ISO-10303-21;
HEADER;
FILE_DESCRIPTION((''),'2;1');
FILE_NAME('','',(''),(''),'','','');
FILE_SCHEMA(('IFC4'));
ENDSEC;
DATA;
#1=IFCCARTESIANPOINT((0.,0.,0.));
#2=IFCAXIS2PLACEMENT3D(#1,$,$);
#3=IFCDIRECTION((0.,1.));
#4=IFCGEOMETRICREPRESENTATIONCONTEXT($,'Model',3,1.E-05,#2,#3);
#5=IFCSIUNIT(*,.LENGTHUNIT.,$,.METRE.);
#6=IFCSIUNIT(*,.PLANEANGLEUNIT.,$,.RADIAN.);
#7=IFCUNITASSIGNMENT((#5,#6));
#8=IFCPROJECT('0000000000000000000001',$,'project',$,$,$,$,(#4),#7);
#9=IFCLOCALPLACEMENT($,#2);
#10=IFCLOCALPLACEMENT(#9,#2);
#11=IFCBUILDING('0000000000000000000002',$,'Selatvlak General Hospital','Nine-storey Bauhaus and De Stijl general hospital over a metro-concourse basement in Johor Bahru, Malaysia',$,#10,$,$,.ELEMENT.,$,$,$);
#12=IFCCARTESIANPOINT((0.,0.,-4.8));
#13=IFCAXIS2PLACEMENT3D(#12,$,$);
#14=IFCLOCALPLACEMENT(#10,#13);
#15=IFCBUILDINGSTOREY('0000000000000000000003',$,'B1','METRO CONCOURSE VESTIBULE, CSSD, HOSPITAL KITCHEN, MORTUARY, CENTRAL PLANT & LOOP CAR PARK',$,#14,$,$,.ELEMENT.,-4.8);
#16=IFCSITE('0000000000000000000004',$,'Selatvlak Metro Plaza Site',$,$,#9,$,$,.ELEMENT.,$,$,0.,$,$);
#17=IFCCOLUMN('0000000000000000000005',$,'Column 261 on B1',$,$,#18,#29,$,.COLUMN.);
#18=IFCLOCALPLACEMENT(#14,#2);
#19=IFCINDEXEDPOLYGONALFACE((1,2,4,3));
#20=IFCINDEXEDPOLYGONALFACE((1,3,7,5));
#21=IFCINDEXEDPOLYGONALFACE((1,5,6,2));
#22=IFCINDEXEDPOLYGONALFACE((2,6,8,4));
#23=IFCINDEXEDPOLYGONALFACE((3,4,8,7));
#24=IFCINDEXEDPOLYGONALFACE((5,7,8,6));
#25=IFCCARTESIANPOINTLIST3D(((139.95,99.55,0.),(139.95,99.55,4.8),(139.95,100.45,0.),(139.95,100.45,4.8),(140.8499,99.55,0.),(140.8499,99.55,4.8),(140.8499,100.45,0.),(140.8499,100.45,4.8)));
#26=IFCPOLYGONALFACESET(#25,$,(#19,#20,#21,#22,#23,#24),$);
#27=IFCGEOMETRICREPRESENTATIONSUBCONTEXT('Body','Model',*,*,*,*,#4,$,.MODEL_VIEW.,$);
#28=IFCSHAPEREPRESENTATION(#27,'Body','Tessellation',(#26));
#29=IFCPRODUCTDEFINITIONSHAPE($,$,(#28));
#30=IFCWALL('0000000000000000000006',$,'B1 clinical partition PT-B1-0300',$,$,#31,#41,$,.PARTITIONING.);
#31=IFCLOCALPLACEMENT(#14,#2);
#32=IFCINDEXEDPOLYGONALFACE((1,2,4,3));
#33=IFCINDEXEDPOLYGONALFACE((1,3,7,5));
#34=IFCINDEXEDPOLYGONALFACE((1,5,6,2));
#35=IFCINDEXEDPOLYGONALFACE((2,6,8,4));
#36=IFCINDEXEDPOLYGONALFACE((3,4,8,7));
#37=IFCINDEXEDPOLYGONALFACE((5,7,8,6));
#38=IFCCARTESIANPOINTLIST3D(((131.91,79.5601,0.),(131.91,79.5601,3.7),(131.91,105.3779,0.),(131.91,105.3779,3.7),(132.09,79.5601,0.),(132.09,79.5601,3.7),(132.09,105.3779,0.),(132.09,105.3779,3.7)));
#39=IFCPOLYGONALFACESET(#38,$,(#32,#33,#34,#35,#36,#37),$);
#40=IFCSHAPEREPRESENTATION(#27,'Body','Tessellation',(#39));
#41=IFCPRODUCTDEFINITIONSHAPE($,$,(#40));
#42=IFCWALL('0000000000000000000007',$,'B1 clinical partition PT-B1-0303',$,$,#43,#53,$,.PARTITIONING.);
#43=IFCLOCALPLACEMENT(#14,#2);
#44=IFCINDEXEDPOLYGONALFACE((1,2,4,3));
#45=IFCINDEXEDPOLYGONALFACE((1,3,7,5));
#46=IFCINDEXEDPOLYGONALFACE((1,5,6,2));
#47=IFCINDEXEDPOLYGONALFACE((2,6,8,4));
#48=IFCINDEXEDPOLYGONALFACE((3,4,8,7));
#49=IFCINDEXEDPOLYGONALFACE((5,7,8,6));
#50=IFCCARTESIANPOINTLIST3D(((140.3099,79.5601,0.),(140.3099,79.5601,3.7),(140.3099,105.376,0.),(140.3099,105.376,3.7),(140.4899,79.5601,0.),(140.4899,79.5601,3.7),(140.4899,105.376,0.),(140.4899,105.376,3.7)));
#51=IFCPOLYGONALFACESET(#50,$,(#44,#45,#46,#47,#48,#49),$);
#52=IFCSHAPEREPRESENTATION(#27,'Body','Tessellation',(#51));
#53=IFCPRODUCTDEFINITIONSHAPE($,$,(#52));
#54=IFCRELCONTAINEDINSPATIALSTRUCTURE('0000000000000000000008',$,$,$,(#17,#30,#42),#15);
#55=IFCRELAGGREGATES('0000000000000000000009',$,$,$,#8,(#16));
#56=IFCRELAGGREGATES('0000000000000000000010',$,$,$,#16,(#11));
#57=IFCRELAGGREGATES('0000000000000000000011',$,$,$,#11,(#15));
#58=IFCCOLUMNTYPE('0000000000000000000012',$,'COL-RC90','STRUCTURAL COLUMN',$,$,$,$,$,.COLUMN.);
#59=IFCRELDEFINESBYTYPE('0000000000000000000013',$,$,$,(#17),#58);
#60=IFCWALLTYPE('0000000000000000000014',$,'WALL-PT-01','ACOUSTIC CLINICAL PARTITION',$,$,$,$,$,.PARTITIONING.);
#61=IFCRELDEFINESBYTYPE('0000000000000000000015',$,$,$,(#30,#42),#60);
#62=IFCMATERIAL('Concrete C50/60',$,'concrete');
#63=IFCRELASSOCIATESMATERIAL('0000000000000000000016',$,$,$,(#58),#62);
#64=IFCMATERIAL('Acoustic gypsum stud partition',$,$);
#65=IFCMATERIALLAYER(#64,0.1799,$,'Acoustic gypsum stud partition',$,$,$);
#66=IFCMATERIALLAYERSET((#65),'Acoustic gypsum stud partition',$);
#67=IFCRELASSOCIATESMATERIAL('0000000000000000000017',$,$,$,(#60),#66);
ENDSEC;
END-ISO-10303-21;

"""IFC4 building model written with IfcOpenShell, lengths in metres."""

from ifc_helpers import new_model, si_unit, direction, frame, frame_2d, origin, origin_2d, place, context, subcontext, project, spatial, rectangle, extrude, material, layer, layer_set, material_profile, profile_set, type_object, element, save


model = new_model("IFC4")

# Units and contexts
model_context = context("Model", 3, precision=1e-05, world=origin(), true_north=direction((0.0, 1.0)))
body_context = subcontext(model_context, "Body", "Model", "MODEL_VIEW")
ifc_project = project(units=[si_unit("LENGTHUNIT", "METRE"), si_unit("PLANEANGLEUNIT", "RADIAN")], contexts=[model_context])

# Site, building, storey
site_placement = place(None, origin())
site = spatial("IfcSite", under=ifc_project, at=site_placement, Name="Selatvlak Metro Plaza Site", CompositionType="ELEMENT", RefElevation=0.0)
building_placement = place(site_placement, origin())
building = spatial("IfcBuilding", under=site, at=building_placement, Name="Selatvlak General Hospital", Description="Nine-storey Bauhaus and De Stijl general hospital over a metro-concourse basement in Johor Bahru, Malaysia", CompositionType="ELEMENT")
storey_placement = place(building_placement, frame((0.0, 0.0, -4.8)))
storey = spatial("IfcBuildingStorey", under=building, at=storey_placement, Name="B1", Description="METRO CONCOURSE VESTIBULE, CSSD, HOSPITAL KITCHEN, MORTUARY, CENTRAL PLANT & LOOP CAR PARK", CompositionType="ELEMENT", Elevation=-4.8)

# Column
ifc_material_1 = material(Name="Concrete C50/60", Category="concrete")
ifc_material_profile_1 = material_profile(ifc_material_1, rectangle(XDim=0.8999, YDim=0.8999, at=origin_2d()), Name="RC-COL 900x900")
ifc_profile_set_1 = profile_set([ifc_material_profile_1], Name="Concrete C50/60")
column_type = type_object("IfcColumnType", Name="COL-RC90", Description="STRUCTURAL COLUMN", PredefinedType="COLUMN", material=ifc_profile_set_1)
for number, where, z_axis, x_axis, name in (
    (1, (140.3999, 100.0, 0.0), (0.0, 0.0, 1.0), (1.0, 0.0, 0.0), "Column 261 on B1"),
):
    element("IfcColumn", number, at=place(storey_placement, frame(where, z_axis=z_axis, x_axis=x_axis)), inside=storey, type_object=column_type, Name=name, PredefinedType="COLUMN", context=body_context, shape_type="SweptSolid", body=[
        extrude(rectangle(XDim=0.8999, YDim=0.8999, at=origin_2d()), origin(), (0.0, 0.0, 1.0), 4.8),
    ])

# Walls
ifc_material_2 = material(Name="Acoustic gypsum stud partition")
ifc_layer = layer(ifc_material_2, 0.1799, Name="Acoustic gypsum stud partition")
ifc_layer_set = layer_set([ifc_layer], Name="Acoustic gypsum stud partition")
wall_type = type_object("IfcWallType", Name="WALL-PT-01", Description="ACOUSTIC CLINICAL PARTITION", PredefinedType="PARTITIONING", material=ifc_layer_set)
wall_1_placement = place(storey_placement, frame((132.0, 105.3779, 0.0), z_axis=(0.0, 0.0, 1.0), x_axis=(0.0, -1.0, 0.0)))
element("IfcWall", 2, at=wall_1_placement, inside=storey, type_object=wall_type, Name="B1 clinical partition PT-B1-0300", PredefinedType="PARTITIONING", context=body_context, shape_type="SweptSolid", body=[
    extrude(rectangle(XDim=25.8179, YDim=0.1799, at=frame_2d((12.9089, 0.0))), origin(), (0.0, 0.0, 1.0), 3.7),
])
wall_2_placement = place(storey_placement, frame((140.3999, 105.376, 0.0), z_axis=(0.0, 0.0, 1.0), x_axis=(0.0, -1.0, 0.0)))
element("IfcWall", 3, at=wall_2_placement, inside=storey, type_object=wall_type, Name="B1 clinical partition PT-B1-0303", PredefinedType="PARTITIONING", context=body_context, shape_type="SweptSolid", body=[
    extrude(rectangle(XDim=25.8159, YDim=0.1799, at=frame_2d((12.908, 0.0))), origin(), (0.0, 0.0, 1.0), 3.7),
])

save(model, "model.ifc")
